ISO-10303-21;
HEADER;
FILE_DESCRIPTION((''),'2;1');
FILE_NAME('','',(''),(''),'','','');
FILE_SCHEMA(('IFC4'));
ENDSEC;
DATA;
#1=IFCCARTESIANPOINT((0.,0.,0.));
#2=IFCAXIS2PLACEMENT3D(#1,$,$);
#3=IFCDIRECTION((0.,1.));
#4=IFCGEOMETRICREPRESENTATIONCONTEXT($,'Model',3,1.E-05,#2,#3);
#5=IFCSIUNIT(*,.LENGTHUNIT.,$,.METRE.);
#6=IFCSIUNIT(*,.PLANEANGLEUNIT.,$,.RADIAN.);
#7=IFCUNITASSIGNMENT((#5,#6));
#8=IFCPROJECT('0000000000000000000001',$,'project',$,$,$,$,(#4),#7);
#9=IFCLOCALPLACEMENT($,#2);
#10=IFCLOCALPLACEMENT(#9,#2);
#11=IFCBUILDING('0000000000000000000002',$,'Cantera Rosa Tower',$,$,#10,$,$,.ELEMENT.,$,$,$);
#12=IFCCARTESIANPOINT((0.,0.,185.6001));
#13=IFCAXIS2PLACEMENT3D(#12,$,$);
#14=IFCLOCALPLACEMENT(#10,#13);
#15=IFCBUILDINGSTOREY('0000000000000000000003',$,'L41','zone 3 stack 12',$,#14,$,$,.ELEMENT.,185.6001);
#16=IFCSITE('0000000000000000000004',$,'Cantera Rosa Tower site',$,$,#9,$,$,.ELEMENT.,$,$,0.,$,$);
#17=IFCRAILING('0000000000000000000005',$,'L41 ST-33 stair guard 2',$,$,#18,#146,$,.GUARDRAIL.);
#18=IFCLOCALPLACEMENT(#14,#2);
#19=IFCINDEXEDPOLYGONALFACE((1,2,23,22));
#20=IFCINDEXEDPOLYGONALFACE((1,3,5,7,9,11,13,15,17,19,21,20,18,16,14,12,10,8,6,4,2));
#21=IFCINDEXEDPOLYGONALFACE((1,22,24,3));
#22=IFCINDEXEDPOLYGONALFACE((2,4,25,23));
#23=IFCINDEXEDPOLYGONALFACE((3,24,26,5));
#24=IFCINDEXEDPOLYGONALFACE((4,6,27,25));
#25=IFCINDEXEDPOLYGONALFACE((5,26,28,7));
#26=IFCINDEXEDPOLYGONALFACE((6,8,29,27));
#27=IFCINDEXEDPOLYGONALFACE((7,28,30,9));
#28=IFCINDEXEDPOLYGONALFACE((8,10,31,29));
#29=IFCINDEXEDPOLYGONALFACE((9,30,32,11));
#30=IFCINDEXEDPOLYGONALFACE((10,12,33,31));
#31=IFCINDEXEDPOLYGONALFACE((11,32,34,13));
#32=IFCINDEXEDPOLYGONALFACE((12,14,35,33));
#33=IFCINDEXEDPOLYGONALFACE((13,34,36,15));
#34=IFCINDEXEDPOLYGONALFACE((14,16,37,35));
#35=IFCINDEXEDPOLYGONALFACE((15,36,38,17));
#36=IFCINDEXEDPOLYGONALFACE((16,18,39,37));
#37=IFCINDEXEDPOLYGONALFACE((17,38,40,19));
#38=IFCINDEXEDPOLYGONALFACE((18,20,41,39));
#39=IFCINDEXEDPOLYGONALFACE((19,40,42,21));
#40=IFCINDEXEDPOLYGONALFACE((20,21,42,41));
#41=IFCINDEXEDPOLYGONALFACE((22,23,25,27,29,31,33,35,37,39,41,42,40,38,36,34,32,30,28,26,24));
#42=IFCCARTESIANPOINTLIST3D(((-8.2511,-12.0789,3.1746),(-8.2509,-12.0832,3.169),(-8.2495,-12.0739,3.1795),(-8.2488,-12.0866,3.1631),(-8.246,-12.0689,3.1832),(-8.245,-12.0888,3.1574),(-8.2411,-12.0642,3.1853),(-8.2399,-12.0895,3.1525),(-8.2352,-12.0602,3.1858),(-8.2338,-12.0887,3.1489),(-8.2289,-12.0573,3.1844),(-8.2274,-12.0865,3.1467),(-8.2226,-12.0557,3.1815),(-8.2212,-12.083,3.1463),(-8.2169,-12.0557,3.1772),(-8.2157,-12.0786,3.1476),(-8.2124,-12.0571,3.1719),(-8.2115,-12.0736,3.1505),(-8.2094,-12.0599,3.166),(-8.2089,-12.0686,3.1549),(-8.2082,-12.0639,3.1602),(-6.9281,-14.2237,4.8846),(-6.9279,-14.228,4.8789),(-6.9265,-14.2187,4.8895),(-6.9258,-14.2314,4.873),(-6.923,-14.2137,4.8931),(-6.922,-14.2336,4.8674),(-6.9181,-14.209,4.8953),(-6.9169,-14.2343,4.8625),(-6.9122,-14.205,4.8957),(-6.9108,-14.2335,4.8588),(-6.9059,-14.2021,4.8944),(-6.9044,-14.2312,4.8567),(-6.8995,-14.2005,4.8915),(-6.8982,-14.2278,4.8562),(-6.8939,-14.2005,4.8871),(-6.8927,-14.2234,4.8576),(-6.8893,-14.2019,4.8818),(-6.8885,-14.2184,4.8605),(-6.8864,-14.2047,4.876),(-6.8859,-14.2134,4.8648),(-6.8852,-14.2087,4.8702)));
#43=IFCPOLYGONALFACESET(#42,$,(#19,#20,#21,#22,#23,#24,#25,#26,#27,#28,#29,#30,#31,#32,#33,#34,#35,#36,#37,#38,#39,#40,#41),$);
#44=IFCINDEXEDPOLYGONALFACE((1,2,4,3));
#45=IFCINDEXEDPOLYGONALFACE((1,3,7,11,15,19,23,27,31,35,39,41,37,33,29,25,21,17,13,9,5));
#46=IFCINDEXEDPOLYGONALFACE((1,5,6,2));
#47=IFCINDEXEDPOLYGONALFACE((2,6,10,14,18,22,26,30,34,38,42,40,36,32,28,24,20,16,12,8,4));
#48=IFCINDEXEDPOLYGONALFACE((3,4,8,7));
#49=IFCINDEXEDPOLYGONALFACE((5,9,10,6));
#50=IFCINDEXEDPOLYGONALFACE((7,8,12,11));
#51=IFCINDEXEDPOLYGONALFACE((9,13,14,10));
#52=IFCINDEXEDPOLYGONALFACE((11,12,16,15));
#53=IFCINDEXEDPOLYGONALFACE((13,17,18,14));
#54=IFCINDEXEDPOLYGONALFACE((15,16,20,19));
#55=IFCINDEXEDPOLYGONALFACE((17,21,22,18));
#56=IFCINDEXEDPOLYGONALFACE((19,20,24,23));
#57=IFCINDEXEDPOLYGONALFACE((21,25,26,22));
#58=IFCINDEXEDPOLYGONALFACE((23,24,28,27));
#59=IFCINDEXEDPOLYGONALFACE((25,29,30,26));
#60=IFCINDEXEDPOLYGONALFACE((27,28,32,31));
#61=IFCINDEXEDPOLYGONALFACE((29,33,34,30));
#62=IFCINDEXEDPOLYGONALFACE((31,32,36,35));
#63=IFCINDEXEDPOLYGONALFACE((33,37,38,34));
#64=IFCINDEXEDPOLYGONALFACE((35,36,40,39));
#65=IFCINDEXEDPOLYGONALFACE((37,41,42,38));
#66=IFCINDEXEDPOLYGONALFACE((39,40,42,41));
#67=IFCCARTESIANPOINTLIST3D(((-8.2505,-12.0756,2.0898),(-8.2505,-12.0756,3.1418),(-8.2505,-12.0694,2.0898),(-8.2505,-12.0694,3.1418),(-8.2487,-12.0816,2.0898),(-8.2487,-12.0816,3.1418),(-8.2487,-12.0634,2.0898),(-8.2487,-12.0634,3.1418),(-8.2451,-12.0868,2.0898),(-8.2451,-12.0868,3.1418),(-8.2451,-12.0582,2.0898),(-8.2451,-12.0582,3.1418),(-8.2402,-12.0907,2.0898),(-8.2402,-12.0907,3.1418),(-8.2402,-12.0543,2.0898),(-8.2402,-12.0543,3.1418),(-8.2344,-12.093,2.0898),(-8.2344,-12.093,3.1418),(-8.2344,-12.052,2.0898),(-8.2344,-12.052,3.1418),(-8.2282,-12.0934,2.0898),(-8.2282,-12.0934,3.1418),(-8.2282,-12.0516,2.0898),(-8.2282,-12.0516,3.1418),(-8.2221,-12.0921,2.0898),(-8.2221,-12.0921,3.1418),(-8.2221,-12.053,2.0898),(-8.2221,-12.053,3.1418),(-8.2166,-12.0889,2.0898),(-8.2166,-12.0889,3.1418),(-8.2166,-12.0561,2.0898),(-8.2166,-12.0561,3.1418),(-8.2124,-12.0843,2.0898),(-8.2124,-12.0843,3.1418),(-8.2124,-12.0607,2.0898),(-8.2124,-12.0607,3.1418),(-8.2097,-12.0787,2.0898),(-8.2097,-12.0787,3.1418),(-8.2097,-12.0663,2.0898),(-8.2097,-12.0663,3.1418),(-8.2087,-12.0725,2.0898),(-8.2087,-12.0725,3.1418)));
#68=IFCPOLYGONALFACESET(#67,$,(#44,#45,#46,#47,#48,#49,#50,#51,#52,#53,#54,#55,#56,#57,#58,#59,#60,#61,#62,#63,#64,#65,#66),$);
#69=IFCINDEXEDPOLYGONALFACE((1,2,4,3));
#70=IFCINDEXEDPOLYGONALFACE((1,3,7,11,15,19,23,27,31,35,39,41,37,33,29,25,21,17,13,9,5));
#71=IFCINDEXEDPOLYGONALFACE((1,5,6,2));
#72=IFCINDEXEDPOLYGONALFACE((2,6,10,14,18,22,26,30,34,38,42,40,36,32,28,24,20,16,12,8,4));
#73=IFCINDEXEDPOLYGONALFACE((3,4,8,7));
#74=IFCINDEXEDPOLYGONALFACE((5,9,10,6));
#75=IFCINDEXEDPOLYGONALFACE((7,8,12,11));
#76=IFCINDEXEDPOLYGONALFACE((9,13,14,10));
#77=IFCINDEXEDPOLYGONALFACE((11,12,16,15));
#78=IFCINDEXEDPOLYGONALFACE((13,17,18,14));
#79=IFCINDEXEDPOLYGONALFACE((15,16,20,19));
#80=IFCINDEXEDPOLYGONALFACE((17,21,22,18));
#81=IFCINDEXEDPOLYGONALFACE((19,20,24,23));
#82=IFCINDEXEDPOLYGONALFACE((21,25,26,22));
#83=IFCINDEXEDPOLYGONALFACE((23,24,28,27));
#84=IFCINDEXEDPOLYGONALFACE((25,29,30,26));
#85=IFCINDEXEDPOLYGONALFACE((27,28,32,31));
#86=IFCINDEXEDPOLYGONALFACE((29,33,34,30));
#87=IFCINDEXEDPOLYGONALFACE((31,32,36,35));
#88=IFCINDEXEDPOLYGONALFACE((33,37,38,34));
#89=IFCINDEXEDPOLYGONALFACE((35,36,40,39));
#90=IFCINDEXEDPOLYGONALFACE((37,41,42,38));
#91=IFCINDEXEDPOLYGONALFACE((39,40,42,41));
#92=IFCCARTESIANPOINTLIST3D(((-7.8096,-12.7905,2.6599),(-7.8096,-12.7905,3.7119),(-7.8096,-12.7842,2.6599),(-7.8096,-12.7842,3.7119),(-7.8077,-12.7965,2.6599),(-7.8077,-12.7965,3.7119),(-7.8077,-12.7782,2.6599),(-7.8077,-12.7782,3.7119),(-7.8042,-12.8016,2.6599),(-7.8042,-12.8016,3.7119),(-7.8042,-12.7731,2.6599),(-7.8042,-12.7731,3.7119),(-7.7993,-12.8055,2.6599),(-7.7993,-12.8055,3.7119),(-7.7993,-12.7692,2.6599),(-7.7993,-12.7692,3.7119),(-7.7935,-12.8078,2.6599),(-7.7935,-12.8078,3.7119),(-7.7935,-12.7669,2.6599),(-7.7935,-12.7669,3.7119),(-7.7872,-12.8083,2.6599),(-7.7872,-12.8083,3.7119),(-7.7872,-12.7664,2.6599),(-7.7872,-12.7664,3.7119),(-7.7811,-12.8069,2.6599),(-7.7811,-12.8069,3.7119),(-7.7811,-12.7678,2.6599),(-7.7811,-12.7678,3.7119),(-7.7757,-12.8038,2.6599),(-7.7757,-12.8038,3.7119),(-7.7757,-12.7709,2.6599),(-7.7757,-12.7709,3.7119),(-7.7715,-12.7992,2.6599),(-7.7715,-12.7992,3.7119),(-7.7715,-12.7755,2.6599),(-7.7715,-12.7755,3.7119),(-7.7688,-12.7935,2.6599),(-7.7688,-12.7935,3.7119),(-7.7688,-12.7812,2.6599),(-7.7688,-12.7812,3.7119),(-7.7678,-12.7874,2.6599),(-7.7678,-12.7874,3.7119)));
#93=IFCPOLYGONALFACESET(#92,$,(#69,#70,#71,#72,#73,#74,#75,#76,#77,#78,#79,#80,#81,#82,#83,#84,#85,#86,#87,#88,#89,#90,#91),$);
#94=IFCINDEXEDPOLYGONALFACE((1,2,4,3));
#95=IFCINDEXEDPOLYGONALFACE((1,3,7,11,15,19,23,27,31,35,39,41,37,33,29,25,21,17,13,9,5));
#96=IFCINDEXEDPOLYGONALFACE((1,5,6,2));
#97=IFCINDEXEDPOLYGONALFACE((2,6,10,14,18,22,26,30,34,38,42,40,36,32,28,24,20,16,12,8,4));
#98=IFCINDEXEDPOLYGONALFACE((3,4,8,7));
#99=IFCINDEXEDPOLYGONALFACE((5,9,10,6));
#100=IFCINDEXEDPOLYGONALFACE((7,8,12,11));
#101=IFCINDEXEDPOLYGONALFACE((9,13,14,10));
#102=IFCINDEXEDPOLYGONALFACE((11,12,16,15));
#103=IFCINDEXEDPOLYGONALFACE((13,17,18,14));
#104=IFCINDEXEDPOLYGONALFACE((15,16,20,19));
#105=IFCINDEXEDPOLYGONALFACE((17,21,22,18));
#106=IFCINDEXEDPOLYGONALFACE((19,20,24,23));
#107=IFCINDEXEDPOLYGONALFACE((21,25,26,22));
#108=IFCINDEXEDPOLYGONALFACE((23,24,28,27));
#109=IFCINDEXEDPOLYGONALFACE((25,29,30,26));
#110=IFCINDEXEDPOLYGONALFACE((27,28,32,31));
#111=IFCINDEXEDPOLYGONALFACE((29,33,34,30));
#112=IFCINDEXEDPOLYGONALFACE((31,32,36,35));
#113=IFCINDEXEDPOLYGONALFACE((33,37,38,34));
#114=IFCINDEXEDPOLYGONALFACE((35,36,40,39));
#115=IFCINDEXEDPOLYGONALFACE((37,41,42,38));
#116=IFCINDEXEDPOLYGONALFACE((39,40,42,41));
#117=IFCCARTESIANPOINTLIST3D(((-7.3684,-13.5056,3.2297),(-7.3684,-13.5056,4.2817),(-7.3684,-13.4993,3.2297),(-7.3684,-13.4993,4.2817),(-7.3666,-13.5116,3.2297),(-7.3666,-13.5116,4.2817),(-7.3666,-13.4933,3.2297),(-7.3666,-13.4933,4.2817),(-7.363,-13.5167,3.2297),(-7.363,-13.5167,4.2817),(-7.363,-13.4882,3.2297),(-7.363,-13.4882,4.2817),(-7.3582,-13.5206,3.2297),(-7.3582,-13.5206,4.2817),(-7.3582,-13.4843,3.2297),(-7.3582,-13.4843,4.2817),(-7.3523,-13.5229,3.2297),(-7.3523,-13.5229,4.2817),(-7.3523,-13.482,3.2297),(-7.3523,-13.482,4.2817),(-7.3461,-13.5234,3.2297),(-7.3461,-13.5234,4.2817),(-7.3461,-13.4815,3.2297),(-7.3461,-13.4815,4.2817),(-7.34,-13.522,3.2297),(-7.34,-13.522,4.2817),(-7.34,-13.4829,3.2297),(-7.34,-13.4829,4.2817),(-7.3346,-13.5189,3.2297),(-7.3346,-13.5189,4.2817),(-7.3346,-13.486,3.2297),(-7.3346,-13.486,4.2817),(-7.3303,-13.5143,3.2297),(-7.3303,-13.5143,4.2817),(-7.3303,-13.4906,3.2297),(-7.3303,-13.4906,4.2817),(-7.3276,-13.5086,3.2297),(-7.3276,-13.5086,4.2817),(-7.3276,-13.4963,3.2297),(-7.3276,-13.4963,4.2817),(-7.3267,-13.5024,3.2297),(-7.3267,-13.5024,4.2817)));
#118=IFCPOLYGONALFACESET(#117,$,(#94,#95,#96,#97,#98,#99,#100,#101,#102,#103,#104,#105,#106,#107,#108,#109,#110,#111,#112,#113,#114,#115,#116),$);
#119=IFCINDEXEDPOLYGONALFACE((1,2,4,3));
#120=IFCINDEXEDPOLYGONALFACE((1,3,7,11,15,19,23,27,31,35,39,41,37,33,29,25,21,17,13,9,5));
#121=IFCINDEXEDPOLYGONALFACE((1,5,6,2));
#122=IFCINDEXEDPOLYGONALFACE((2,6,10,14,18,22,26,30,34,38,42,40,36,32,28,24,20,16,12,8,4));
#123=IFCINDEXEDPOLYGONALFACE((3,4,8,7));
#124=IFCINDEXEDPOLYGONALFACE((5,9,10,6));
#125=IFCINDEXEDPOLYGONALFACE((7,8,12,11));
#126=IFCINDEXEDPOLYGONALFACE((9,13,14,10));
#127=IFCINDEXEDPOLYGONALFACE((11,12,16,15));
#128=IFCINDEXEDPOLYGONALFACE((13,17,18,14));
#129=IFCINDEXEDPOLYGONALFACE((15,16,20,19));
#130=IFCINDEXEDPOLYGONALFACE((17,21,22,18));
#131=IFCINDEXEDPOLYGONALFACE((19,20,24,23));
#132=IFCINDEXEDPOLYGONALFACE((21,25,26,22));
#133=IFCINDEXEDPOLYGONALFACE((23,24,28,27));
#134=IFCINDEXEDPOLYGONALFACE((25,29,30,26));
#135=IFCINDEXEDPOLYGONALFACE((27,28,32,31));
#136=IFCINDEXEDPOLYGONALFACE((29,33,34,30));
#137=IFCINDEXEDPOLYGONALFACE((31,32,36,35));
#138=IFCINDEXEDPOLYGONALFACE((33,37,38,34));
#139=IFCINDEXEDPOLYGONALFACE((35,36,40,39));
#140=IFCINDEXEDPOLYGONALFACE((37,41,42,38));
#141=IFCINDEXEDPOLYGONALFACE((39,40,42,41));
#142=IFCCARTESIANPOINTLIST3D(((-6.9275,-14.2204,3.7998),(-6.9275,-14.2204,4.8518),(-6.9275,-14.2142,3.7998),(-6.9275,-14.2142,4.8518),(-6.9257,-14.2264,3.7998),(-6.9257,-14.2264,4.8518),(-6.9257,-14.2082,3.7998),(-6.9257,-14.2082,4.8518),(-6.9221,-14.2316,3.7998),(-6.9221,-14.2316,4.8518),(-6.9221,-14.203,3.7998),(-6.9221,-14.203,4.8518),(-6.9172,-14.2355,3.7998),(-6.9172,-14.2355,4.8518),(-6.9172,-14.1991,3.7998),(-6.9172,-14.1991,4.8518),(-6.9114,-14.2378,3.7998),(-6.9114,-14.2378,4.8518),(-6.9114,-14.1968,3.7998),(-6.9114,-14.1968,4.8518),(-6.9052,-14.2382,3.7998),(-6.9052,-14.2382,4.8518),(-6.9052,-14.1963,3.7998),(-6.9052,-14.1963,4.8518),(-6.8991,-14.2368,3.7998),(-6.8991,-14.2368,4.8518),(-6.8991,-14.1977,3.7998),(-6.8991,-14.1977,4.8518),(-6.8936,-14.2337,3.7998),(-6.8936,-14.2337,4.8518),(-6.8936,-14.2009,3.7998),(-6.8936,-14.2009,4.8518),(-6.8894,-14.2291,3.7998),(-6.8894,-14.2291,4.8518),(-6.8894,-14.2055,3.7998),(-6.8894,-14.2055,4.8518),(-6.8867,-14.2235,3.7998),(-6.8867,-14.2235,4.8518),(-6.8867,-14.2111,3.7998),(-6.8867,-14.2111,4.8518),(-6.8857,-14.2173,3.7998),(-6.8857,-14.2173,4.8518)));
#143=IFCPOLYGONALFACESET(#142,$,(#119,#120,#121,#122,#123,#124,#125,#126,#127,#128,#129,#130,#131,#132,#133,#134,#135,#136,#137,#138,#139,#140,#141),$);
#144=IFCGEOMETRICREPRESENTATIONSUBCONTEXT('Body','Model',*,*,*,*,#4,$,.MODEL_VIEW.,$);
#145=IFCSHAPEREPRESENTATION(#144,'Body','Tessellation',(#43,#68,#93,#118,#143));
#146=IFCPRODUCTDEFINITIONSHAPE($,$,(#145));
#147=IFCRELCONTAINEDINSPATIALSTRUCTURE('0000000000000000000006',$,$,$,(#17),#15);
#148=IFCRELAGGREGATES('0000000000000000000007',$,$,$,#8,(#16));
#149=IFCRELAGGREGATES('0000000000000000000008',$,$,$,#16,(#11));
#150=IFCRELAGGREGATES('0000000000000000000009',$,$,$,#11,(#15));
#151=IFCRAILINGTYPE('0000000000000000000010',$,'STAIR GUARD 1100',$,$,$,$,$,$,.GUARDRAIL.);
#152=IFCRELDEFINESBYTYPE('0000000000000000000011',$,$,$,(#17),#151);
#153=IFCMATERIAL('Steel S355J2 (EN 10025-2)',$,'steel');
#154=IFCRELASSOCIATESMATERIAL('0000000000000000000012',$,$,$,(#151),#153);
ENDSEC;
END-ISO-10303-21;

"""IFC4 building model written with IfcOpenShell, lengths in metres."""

from ifc_helpers import new_model, si_unit, direction, frame, origin, origin_2d, place, context, subcontext, project, spatial, circle, extrude, material, type_object, element, save


model = new_model("IFC4")

# Units and contexts
model_context = context("Model", 3, precision=1e-05, world=origin(), true_north=direction((0.0, 1.0)))
body_context = subcontext(model_context, "Body", "Model", "MODEL_VIEW")
ifc_project = project(units=[si_unit("LENGTHUNIT", "METRE"), si_unit("PLANEANGLEUNIT", "RADIAN")], contexts=[model_context])

# Site, building, storey
site_placement = place(None, origin())
site = spatial("IfcSite", under=ifc_project, at=site_placement, Name="Cantera Rosa Tower site", CompositionType="ELEMENT", RefElevation=0.0)
building_placement = place(site_placement, origin())
building = spatial("IfcBuilding", under=site, at=building_placement, Name="Cantera Rosa Tower", CompositionType="ELEMENT")
storey_placement = place(building_placement, frame((0.0, 0.0, 185.6001)))
storey = spatial("IfcBuildingStorey", under=building, at=storey_placement, Name="L41", Description="zone 3 stack 12", CompositionType="ELEMENT", Elevation=185.6001)

# Railing
ifc_material_1 = material(Name="Steel S355J2 (EN 10025-2)", Category="steel")
railing_type_1 = type_object("IfcRailingType", Name="STAIR GUARD 1100", PredefinedType="GUARDRAIL", material=ifc_material_1)
railing_1_placement = place(storey_placement, frame((-8.2297, -12.0725, 2.0898)))
element("IfcRailing", 1, at=railing_1_placement, inside=storey, type_object=railing_type_1, Name="L41 ST-33 stair guard 2", PredefinedType="GUARDRAIL", context=body_context, shape_type="SweptSolid", body=[
    extrude(circle(Radius=0.0239, at=origin_2d()), frame((0.0, 0.0, 1.0762), z_axis=(0.434428, -0.704271, 0.561493), x_axis=(0.851102, 0.525, 0.0)), (0.0, 0.0, 1.0), 3.0454),
    extrude(circle(Radius=0.021, at=origin_2d()), origin(), (0.0, 0.0, 1.0), 1.052),
    extrude(circle(Radius=0.021, at=origin_2d()), frame((0.4409, -0.7148, 0.5701)), (0.0, 0.0, 1.0), 1.052),
    extrude(circle(Radius=0.021, at=origin_2d()), frame((0.8821, -1.4299, 1.1399)), (0.0, 0.0, 1.0), 1.052),
    extrude(circle(Radius=0.021, at=origin_2d()), frame((1.323, -2.1448, 1.71)), (0.0, 0.0, 1.0), 1.052),
])

save(model, "model.ifc")
